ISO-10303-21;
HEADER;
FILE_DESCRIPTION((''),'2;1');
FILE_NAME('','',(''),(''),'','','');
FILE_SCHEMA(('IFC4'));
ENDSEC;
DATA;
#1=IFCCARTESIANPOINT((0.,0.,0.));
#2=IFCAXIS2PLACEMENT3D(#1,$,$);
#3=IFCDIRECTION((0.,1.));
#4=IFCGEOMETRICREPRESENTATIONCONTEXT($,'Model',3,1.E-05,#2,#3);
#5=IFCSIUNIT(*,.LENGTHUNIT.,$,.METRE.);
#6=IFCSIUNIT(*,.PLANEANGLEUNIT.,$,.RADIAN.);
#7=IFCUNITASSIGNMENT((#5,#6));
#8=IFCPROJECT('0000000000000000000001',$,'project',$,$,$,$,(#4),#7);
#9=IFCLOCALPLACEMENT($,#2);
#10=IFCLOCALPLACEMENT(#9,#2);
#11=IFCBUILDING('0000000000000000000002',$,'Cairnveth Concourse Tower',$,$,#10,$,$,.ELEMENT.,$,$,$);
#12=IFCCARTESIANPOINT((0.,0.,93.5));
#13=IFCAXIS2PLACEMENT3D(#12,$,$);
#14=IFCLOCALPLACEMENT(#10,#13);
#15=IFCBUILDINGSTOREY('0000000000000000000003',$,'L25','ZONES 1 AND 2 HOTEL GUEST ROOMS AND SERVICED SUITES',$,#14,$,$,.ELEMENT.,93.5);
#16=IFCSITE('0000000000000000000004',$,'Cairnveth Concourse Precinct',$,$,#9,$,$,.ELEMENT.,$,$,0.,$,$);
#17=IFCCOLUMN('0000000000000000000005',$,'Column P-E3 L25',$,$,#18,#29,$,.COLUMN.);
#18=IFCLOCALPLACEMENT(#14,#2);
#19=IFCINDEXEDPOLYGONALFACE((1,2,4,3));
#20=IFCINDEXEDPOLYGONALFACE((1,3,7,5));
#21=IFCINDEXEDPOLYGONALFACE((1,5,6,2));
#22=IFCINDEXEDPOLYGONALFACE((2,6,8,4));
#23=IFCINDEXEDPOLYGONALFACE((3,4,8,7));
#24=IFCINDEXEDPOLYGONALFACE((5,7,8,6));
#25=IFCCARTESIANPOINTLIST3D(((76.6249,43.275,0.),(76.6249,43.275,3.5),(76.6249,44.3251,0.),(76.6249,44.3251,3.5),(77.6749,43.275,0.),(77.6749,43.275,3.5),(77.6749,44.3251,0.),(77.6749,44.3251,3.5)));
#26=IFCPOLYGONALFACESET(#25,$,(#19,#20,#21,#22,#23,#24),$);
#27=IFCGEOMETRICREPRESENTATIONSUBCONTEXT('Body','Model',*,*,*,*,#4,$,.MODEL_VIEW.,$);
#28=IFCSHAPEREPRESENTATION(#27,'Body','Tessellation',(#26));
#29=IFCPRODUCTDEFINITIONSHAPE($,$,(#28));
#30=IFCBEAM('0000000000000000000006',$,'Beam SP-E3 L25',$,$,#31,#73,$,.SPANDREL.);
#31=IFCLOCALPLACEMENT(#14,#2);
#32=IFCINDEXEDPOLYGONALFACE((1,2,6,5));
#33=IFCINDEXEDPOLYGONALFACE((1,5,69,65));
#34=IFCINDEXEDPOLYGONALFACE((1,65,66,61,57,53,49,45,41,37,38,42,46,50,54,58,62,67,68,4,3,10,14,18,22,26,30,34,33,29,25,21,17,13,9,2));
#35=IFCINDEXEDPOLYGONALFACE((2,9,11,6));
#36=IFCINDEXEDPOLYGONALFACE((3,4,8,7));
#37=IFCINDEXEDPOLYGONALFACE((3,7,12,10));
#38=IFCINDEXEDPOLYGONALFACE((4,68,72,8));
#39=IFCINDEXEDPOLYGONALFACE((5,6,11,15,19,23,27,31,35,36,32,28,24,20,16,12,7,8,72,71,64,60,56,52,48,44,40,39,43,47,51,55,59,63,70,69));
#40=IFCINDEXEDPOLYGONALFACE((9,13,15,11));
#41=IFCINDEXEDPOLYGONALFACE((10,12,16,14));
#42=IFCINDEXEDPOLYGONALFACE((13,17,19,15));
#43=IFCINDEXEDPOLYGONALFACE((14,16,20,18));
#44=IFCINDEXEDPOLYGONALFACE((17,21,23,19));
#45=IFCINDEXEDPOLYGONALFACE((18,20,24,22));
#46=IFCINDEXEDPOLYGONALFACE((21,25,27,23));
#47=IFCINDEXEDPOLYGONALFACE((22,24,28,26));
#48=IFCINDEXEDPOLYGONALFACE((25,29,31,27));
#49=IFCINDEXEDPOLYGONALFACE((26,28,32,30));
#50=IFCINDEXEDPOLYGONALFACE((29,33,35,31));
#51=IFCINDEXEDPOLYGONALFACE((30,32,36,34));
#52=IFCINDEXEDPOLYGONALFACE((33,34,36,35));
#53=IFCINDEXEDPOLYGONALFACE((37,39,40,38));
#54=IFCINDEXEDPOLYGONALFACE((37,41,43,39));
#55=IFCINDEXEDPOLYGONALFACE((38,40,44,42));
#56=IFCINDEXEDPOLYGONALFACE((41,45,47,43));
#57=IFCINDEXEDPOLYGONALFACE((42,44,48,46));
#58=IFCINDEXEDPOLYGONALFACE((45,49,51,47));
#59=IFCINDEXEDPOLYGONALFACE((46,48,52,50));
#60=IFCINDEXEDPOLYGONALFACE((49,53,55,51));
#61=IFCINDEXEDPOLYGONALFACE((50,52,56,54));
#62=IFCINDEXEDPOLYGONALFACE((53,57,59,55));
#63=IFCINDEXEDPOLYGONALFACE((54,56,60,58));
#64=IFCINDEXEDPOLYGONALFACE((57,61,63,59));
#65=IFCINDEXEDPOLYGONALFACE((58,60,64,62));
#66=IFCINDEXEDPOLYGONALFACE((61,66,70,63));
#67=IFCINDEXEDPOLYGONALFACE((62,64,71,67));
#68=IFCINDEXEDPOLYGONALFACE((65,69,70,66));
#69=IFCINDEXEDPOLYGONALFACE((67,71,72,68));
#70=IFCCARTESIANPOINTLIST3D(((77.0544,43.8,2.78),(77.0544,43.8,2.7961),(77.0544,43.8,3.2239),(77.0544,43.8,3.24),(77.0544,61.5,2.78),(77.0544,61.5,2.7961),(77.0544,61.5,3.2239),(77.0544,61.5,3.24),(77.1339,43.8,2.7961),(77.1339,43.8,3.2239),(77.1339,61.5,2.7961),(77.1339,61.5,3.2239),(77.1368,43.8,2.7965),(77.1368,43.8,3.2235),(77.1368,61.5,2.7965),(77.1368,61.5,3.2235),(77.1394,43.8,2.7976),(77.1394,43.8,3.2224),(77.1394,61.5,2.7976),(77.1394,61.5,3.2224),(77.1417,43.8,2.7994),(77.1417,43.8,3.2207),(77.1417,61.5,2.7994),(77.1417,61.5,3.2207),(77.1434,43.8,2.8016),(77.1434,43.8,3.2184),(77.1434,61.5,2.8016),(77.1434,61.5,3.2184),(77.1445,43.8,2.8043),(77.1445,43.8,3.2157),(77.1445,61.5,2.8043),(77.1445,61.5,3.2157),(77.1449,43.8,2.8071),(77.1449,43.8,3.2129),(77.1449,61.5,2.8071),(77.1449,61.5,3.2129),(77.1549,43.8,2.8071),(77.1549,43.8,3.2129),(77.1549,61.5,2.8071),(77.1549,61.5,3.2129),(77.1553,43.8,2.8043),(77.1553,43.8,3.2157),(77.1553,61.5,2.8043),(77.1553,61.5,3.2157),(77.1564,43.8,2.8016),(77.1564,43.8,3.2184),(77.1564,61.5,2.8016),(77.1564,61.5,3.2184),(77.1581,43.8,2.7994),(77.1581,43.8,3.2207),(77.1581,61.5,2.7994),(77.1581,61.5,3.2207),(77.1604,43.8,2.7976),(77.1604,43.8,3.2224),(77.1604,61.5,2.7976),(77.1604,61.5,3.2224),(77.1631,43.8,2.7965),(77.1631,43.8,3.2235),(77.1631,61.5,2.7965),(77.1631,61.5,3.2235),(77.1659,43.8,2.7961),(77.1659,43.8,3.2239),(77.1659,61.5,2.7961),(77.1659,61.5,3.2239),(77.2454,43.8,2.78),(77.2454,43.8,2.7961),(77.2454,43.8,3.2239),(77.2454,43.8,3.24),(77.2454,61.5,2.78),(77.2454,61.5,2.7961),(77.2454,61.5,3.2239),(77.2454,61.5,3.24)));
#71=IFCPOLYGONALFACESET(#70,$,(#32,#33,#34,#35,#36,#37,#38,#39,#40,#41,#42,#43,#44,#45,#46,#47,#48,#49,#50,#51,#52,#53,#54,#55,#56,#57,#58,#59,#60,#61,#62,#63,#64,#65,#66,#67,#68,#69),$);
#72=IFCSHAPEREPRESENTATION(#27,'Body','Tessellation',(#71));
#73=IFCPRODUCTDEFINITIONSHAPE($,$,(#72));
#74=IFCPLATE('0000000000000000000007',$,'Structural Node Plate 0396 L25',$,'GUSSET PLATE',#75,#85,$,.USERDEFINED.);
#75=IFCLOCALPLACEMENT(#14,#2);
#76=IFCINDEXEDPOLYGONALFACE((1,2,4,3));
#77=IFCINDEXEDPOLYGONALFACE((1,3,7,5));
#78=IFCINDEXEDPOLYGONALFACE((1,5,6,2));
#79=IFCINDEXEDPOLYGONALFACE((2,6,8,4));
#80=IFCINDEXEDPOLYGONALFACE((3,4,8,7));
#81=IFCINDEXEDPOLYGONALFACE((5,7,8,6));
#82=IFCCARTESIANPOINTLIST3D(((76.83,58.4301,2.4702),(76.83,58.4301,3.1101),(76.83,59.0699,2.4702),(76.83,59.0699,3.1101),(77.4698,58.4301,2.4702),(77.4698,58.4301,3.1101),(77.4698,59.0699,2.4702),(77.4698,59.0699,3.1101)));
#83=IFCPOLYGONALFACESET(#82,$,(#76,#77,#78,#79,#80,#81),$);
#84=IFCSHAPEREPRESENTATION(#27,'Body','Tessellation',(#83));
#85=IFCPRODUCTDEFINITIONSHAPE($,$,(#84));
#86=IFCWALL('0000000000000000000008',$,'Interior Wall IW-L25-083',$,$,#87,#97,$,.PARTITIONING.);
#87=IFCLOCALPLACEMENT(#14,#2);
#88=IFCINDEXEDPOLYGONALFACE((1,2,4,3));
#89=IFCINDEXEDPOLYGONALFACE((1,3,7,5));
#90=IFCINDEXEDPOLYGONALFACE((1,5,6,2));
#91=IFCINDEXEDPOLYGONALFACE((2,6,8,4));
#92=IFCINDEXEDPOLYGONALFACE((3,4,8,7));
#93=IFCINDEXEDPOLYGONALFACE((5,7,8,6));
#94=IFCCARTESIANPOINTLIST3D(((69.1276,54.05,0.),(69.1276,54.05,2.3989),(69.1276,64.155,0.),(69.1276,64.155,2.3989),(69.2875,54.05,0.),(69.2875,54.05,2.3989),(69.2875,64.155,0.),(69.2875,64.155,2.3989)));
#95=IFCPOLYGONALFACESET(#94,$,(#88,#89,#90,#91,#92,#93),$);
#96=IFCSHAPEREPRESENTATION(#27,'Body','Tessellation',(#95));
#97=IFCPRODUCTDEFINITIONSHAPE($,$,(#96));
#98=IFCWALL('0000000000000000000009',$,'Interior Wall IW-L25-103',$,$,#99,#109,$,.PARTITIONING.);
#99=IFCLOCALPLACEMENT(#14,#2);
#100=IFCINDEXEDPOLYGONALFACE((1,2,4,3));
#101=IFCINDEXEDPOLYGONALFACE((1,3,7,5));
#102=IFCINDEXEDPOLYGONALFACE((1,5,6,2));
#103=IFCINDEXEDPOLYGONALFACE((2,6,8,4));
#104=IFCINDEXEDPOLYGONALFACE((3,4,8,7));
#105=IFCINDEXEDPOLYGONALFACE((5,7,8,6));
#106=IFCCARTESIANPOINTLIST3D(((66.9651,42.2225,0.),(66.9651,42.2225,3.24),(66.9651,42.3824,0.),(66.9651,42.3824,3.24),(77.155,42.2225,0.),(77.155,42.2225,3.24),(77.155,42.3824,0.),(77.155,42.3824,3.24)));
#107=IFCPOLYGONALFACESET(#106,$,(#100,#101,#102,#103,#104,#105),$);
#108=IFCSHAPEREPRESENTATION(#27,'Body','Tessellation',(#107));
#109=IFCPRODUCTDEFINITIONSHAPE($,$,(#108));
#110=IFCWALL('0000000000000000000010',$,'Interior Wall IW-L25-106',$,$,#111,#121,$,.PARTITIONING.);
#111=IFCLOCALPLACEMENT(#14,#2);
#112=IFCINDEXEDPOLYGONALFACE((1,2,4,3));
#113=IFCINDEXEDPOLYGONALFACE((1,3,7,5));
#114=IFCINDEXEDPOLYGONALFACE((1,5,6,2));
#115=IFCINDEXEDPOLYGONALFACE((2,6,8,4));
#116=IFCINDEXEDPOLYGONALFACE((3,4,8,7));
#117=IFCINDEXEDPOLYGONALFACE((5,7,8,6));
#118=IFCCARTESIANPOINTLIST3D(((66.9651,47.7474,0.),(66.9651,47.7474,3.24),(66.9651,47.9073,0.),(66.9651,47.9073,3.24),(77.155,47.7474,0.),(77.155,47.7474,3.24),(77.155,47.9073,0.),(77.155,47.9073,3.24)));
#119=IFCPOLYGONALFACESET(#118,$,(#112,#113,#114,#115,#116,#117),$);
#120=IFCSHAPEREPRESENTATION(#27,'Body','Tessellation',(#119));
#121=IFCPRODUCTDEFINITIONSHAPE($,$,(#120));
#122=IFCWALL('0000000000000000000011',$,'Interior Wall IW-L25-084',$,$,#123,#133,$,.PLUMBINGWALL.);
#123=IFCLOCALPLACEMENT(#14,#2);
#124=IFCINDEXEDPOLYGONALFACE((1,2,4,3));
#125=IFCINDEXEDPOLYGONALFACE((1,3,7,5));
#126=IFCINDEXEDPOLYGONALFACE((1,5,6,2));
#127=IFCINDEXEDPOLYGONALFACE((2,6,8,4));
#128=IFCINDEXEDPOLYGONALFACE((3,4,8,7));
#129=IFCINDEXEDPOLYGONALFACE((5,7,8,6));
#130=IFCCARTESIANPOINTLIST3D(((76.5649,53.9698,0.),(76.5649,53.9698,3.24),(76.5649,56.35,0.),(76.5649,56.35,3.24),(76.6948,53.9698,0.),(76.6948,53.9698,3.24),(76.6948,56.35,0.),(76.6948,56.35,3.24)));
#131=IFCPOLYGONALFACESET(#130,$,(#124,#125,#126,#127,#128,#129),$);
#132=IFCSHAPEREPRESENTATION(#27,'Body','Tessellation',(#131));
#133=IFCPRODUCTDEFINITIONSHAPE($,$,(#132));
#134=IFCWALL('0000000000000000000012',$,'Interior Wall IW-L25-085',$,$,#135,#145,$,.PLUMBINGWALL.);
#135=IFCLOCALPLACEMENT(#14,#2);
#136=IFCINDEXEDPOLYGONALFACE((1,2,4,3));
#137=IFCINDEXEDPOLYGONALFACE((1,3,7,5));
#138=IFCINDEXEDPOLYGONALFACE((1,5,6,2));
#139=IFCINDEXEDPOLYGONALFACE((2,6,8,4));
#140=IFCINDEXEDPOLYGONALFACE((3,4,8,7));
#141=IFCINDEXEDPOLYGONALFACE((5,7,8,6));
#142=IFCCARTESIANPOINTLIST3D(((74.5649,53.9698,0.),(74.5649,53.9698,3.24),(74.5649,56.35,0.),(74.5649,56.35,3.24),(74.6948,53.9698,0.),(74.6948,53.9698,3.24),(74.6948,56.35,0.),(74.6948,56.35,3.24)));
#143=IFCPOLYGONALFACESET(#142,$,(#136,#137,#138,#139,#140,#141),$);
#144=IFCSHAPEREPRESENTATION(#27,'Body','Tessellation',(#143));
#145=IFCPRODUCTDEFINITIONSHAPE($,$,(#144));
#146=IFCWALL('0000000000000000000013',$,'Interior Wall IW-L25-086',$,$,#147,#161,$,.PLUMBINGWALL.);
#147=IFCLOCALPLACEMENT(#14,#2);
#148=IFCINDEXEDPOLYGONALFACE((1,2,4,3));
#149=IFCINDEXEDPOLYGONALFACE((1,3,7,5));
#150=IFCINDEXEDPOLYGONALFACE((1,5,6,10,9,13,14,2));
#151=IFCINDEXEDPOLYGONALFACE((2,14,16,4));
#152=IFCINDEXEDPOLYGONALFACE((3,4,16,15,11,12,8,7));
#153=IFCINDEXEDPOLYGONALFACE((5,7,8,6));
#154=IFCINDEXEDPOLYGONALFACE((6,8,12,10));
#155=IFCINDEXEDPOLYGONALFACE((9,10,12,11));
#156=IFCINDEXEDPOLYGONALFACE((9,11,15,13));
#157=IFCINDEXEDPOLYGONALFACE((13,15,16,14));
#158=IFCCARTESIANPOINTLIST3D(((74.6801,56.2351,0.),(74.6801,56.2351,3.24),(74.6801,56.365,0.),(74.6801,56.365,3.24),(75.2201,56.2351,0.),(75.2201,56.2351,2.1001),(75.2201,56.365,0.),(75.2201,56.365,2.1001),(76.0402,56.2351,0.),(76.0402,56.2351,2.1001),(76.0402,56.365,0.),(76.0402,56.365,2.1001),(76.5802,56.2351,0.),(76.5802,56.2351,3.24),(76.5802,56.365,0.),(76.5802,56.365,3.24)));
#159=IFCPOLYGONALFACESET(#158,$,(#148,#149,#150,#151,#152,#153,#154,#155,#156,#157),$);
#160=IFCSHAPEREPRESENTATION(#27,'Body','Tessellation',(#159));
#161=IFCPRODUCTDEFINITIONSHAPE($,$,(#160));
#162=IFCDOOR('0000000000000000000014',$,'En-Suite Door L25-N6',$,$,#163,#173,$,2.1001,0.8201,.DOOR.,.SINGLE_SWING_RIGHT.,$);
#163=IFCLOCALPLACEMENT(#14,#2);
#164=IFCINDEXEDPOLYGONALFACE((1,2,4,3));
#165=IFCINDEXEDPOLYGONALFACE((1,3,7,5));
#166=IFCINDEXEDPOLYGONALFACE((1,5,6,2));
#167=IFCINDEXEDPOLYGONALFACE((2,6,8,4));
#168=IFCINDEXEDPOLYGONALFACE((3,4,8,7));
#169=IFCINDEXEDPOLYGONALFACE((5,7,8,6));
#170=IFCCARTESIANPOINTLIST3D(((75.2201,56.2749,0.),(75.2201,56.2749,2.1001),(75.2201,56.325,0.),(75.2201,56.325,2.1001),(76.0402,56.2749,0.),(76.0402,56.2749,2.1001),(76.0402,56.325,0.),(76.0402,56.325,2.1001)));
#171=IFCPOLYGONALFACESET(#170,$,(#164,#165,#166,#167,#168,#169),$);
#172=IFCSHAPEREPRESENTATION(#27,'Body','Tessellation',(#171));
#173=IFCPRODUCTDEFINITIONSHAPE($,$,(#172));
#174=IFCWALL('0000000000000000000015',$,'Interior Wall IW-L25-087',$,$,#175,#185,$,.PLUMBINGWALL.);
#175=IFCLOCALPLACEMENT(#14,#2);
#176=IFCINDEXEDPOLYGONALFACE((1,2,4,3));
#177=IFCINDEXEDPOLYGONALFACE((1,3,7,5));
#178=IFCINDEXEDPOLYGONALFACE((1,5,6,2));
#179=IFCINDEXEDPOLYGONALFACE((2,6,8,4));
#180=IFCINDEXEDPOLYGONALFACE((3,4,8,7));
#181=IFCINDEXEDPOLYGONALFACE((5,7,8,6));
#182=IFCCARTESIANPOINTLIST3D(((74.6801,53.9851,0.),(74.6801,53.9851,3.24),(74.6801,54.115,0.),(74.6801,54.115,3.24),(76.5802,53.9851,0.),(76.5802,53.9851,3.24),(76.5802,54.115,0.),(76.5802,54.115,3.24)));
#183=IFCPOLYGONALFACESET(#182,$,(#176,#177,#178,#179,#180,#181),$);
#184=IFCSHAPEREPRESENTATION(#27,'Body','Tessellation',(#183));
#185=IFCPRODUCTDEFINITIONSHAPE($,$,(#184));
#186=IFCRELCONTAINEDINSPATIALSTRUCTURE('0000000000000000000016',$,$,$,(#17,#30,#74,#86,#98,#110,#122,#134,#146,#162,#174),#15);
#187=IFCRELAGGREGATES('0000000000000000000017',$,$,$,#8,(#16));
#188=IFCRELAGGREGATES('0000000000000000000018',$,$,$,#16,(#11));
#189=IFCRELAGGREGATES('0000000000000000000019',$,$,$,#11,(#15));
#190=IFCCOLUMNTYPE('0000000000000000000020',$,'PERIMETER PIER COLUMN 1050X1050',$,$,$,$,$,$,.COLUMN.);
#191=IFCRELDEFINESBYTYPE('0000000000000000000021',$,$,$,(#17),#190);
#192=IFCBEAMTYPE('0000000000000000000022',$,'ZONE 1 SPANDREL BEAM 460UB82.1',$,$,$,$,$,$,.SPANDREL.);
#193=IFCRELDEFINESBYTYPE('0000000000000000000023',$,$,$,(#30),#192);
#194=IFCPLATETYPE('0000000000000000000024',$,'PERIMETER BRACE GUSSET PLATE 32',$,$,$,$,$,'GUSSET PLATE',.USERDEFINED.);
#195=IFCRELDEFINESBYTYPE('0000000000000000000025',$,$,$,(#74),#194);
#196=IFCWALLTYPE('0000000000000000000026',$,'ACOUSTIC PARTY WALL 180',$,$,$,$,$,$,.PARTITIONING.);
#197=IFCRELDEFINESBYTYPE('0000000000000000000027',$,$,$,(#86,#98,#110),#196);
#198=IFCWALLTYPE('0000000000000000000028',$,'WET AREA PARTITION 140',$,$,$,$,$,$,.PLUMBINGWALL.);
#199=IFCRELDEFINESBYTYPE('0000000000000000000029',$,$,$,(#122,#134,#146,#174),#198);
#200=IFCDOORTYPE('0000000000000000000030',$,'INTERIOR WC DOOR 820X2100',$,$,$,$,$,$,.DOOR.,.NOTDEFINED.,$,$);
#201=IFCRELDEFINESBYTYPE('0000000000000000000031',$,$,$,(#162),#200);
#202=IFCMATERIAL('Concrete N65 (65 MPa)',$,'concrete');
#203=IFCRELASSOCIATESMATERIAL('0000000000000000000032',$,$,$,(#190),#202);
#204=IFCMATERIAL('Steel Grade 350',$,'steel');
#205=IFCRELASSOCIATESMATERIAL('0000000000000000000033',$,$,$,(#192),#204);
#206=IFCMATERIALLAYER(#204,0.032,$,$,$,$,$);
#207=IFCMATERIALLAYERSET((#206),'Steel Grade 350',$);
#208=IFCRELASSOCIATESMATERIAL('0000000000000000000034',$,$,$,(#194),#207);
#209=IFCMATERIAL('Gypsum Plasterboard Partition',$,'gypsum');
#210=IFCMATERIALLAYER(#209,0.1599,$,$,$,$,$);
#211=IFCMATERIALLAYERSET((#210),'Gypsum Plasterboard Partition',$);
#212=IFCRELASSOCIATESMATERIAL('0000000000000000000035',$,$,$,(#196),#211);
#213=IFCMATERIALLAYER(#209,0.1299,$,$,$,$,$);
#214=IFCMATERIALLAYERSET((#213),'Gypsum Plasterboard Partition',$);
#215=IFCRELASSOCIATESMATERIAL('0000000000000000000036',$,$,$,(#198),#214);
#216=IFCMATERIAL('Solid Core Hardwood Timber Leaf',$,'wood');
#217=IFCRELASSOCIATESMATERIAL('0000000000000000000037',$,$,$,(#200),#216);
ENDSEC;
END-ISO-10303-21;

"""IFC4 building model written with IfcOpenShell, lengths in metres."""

from ifc_helpers import new_model, si_unit, direction, frame, frame_2d, origin, origin_2d, place, context, subcontext, project, spatial, rectangle, i_section, extrude, material, layer, layer_set, material_profile, profile_set, type_object, element, fill, save


model = new_model("IFC4")

# Units and contexts
model_context = context("Model", 3, precision=1e-05, world=origin(), true_north=direction((0.0, 1.0)))
body_context = subcontext(model_context, "Body", "Model", "MODEL_VIEW")
ifc_project = project(units=[si_unit("LENGTHUNIT", "METRE"), si_unit("PLANEANGLEUNIT", "RADIAN")], contexts=[model_context])

# Site, building, storey
site_placement = place(None, origin())
site = spatial("IfcSite", under=ifc_project, at=site_placement, Name="Cairnveth Concourse Precinct", CompositionType="ELEMENT", RefElevation=0.0)
building_placement = place(site_placement, origin())
building = spatial("IfcBuilding", under=site, at=building_placement, Name="Cairnveth Concourse Tower", CompositionType="ELEMENT")
storey_placement = place(building_placement, frame((0.0, 0.0, 93.5)))
storey = spatial("IfcBuildingStorey", under=building, at=storey_placement, Name="L25", Description="ZONES 1 AND 2 HOTEL GUEST ROOMS AND SERVICED SUITES", CompositionType="ELEMENT", Elevation=93.5)

# Column
ifc_material_1 = material(Name="Concrete N65 (65 MPa)", Category="concrete")
ifc_material_profile_1 = material_profile(ifc_material_1, rectangle(XDim=1.05, YDim=1.05, at=origin_2d()), Name="RC-COL-1050x1050")
ifc_profile_set_1 = profile_set([ifc_material_profile_1], Name="Concrete N65 (65 MPa)")
column_type = type_object("IfcColumnType", Name="PERIMETER PIER COLUMN 1050X1050", PredefinedType="COLUMN", material=ifc_profile_set_1)
column_placement = place(storey_placement, frame((77.1499, 43.8, 0.0), z_axis=(0.0, 0.0, 1.0), x_axis=(0.0, 1.0, 0.0)))
element("IfcColumn", 1, at=column_placement, inside=storey, type_object=column_type, Name="Column P-E3 L25", PredefinedType="COLUMN", context=body_context, shape_type="SweptSolid", body=[
    extrude(rectangle(XDim=1.05, YDim=1.05, at=origin_2d()), origin(), (0.0, 0.0, 1.0), 3.5),
])

# Beam
ifc_material_2 = material(Name="Steel Grade 350", Category="steel")
ifc_material_profile_2 = material_profile(ifc_material_2, i_section(OverallWidth=0.1909, OverallDepth=0.46, WebThickness=0.01, FlangeThickness=0.0161, FilletRadius=0.011, at=origin_2d()), Name="460UB82.1")
ifc_profile_set_2 = profile_set([ifc_material_profile_2], Name="Steel Grade 350")
beam_type = type_object("IfcBeamType", Name="ZONE 1 SPANDREL BEAM 460UB82.1", PredefinedType="SPANDREL", material=ifc_profile_set_2)
beam_placement = place(storey_placement, frame((77.1499, 43.8, 3.01), z_axis=(0.0, 1.0, 0.0), x_axis=(-1.0, 0.0, 0.0)))
element("IfcBeam", 2, at=beam_placement, inside=storey, type_object=beam_type, Name="Beam SP-E3 L25", PredefinedType="SPANDREL", context=body_context, shape_type="SweptSolid", body=[
    extrude(i_section(OverallWidth=0.1909, OverallDepth=0.46, WebThickness=0.01, FlangeThickness=0.0161, FilletRadius=0.011, at=origin_2d()), origin(), (0.0, 0.0, 1.0), 17.7),
])

# Plate
ifc_layer_1 = layer(ifc_material_2, 0.032)
ifc_layer_set_1 = layer_set([ifc_layer_1], Name="Steel Grade 350")
plate_type = type_object("IfcPlateType", Name="PERIMETER BRACE GUSSET PLATE 32", ElementType="GUSSET PLATE", PredefinedType="USERDEFINED", material=ifc_layer_set_1)
plate_placement = place(storey_placement, frame((77.1499, 58.75, 2.4702), z_axis=(0.0, 0.0, 1.0), x_axis=(1.0, 0.0, 0.0)))
element("IfcPlate", 3, at=plate_placement, inside=storey, type_object=plate_type, Name="Structural Node Plate 0396 L25", ObjectType="GUSSET PLATE", PredefinedType="USERDEFINED", context=body_context, shape_type="SweptSolid", body=[
    extrude(rectangle(XDim=0.6399, YDim=0.6399, at=origin_2d()), origin(), (0.0, 0.0, 1.0), 0.6399),
])

# Walls
ifc_material_3 = material(Name="Gypsum Plasterboard Partition", Category="gypsum")
ifc_layer_2 = layer(ifc_material_3, 0.1599)
ifc_layer_set_2 = layer_set([ifc_layer_2], Name="Gypsum Plasterboard Partition")
wall_type_1 = type_object("IfcWallType", Name="ACOUSTIC PARTY WALL 180", PredefinedType="PARTITIONING", material=ifc_layer_set_2)
wall_1_placement = place(storey_placement, frame((69.2075, 54.05, 0.0), z_axis=(0.0, 0.0, 1.0), x_axis=(0.0, 1.0, 0.0)))
element("IfcWall", 4, at=wall_1_placement, inside=storey, type_object=wall_type_1, Name="Interior Wall IW-L25-083", PredefinedType="PARTITIONING", context=body_context, shape_type="SweptSolid", body=[
    extrude(rectangle(XDim=10.105, YDim=0.1599, at=frame_2d((5.0525, 0.0))), origin(), (0.0, 0.0, 1.0), 2.3989),
])
for number, where, z_axis, x_axis, name in (
    (5, (66.9651, 42.3025, 0.0), (0.0, 0.0, 1.0), (1.0, 0.0, 0.0), "Interior Wall IW-L25-103"),
    (6, (66.9651, 47.8274, 0.0), (0.0, 0.0, 1.0), (1.0, 0.0, 0.0), "Interior Wall IW-L25-106"),
):
    element("IfcWall", number, at=place(storey_placement, frame(where, z_axis=z_axis, x_axis=x_axis)), inside=storey, type_object=wall_type_1, Name=name, PredefinedType="PARTITIONING", context=body_context, shape_type="SweptSolid", body=[
        extrude(rectangle(XDim=10.1899, YDim=0.1599, at=frame_2d((5.095, 0.0))), origin(), (0.0, 0.0, 1.0), 3.24),
    ])
ifc_layer_3 = layer(ifc_material_3, 0.1299)
ifc_layer_set_3 = layer_set([ifc_layer_3], Name="Gypsum Plasterboard Partition")
wall_type_2 = type_object("IfcWallType", Name="WET AREA PARTITION 140", PredefinedType="PLUMBINGWALL", material=ifc_layer_set_3)
for number, where, z_axis, x_axis, name in (
    (7, (76.6299, 53.97, 0.0), (0.0, 0.0, 1.0), (0.0, 1.0, 0.0), "Interior Wall IW-L25-084"),
    (8, (74.6299, 53.97, 0.0), (0.0, 0.0, 1.0), (0.0, 1.0, 0.0), "Interior Wall IW-L25-085"),
):
    element("IfcWall", number, at=place(storey_placement, frame(where, z_axis=z_axis, x_axis=x_axis)), inside=storey, type_object=wall_type_2, Name=name, PredefinedType="PLUMBINGWALL", context=body_context, shape_type="SweptSolid", body=[
        extrude(rectangle(XDim=2.3801, YDim=0.1299, at=frame_2d((1.1899, 0.0))), origin(), (0.0, 0.0, 1.0), 3.24),
    ])

# Wall, opening, door
wall_2_placement = place(storey_placement, frame((74.6799, 56.3, 0.0), z_axis=(0.0, 0.0, 1.0), x_axis=(1.0, 0.0, 0.0)))
wall_2 = element("IfcWall", 9, at=wall_2_placement, inside=storey, type_object=wall_type_2, Name="Interior Wall IW-L25-086", PredefinedType="PLUMBINGWALL", context=body_context, shape_type="SweptSolid", body=[
    extrude(rectangle(XDim=1.9001, YDim=0.1299, at=frame_2d((0.9502, 0.0))), origin(), (0.0, 0.0, 1.0), 3.24),
])
opening_1_placement = place(wall_2_placement, frame((0.54, 0.0, 0.0)))
opening_1 = element("IfcOpeningElement", 10, at=opening_1_placement, cuts=wall_2, PredefinedType="OPENING", context=body_context, shape_type="SweptSolid", body=[
    extrude(rectangle(XDim=0.8201, YDim=2.1001, at=frame_2d((0.4102, 1.05))), frame((0.0, 0.075, 0.0), z_axis=(0.0, -1.0, 0.0), x_axis=(1.0, 0.0, 0.0)), (0.0, 0.0, 1.0), 0.1499),
])
ifc_material_4 = material(Name="Solid Core Hardwood Timber Leaf", Category="wood")
door_type = type_object("IfcDoorType", Name="INTERIOR WC DOOR 820X2100", OperationType="NOTDEFINED", PredefinedType="DOOR", material=ifc_material_4)
door_1_placement = place(opening_1_placement, origin())
door_1 = element("IfcDoor", 11, at=door_1_placement, inside=storey, type_object=door_type, Name="En-Suite Door L25-N6", OperationType="SINGLE_SWING_RIGHT", OverallHeight=2.1001, OverallWidth=0.8201, PredefinedType="DOOR", context=body_context, shape_type="SweptSolid", body=[
    extrude(rectangle(XDim=0.8201, YDim=2.1001, at=frame_2d((0.4102, 1.05))), frame((0.0, 0.0249, 0.0), z_axis=(0.0, -1.0, 0.0), x_axis=(1.0, 0.0, 0.0)), (0.0, 0.0, 1.0), 0.05),
])
fill(opening_1, door_1)

# Wall
wall_3_placement = place(storey_placement, frame((74.6799, 54.05, 0.0), z_axis=(0.0, 0.0, 1.0), x_axis=(1.0, 0.0, 0.0)))
element("IfcWall", 12, at=wall_3_placement, inside=storey, type_object=wall_type_2, Name="Interior Wall IW-L25-087", PredefinedType="PLUMBINGWALL", context=body_context, shape_type="SweptSolid", body=[
    extrude(rectangle(XDim=1.9001, YDim=0.1299, at=frame_2d((0.9502, 0.0))), origin(), (0.0, 0.0, 1.0), 3.24),
])

save(model, "model.ifc")
